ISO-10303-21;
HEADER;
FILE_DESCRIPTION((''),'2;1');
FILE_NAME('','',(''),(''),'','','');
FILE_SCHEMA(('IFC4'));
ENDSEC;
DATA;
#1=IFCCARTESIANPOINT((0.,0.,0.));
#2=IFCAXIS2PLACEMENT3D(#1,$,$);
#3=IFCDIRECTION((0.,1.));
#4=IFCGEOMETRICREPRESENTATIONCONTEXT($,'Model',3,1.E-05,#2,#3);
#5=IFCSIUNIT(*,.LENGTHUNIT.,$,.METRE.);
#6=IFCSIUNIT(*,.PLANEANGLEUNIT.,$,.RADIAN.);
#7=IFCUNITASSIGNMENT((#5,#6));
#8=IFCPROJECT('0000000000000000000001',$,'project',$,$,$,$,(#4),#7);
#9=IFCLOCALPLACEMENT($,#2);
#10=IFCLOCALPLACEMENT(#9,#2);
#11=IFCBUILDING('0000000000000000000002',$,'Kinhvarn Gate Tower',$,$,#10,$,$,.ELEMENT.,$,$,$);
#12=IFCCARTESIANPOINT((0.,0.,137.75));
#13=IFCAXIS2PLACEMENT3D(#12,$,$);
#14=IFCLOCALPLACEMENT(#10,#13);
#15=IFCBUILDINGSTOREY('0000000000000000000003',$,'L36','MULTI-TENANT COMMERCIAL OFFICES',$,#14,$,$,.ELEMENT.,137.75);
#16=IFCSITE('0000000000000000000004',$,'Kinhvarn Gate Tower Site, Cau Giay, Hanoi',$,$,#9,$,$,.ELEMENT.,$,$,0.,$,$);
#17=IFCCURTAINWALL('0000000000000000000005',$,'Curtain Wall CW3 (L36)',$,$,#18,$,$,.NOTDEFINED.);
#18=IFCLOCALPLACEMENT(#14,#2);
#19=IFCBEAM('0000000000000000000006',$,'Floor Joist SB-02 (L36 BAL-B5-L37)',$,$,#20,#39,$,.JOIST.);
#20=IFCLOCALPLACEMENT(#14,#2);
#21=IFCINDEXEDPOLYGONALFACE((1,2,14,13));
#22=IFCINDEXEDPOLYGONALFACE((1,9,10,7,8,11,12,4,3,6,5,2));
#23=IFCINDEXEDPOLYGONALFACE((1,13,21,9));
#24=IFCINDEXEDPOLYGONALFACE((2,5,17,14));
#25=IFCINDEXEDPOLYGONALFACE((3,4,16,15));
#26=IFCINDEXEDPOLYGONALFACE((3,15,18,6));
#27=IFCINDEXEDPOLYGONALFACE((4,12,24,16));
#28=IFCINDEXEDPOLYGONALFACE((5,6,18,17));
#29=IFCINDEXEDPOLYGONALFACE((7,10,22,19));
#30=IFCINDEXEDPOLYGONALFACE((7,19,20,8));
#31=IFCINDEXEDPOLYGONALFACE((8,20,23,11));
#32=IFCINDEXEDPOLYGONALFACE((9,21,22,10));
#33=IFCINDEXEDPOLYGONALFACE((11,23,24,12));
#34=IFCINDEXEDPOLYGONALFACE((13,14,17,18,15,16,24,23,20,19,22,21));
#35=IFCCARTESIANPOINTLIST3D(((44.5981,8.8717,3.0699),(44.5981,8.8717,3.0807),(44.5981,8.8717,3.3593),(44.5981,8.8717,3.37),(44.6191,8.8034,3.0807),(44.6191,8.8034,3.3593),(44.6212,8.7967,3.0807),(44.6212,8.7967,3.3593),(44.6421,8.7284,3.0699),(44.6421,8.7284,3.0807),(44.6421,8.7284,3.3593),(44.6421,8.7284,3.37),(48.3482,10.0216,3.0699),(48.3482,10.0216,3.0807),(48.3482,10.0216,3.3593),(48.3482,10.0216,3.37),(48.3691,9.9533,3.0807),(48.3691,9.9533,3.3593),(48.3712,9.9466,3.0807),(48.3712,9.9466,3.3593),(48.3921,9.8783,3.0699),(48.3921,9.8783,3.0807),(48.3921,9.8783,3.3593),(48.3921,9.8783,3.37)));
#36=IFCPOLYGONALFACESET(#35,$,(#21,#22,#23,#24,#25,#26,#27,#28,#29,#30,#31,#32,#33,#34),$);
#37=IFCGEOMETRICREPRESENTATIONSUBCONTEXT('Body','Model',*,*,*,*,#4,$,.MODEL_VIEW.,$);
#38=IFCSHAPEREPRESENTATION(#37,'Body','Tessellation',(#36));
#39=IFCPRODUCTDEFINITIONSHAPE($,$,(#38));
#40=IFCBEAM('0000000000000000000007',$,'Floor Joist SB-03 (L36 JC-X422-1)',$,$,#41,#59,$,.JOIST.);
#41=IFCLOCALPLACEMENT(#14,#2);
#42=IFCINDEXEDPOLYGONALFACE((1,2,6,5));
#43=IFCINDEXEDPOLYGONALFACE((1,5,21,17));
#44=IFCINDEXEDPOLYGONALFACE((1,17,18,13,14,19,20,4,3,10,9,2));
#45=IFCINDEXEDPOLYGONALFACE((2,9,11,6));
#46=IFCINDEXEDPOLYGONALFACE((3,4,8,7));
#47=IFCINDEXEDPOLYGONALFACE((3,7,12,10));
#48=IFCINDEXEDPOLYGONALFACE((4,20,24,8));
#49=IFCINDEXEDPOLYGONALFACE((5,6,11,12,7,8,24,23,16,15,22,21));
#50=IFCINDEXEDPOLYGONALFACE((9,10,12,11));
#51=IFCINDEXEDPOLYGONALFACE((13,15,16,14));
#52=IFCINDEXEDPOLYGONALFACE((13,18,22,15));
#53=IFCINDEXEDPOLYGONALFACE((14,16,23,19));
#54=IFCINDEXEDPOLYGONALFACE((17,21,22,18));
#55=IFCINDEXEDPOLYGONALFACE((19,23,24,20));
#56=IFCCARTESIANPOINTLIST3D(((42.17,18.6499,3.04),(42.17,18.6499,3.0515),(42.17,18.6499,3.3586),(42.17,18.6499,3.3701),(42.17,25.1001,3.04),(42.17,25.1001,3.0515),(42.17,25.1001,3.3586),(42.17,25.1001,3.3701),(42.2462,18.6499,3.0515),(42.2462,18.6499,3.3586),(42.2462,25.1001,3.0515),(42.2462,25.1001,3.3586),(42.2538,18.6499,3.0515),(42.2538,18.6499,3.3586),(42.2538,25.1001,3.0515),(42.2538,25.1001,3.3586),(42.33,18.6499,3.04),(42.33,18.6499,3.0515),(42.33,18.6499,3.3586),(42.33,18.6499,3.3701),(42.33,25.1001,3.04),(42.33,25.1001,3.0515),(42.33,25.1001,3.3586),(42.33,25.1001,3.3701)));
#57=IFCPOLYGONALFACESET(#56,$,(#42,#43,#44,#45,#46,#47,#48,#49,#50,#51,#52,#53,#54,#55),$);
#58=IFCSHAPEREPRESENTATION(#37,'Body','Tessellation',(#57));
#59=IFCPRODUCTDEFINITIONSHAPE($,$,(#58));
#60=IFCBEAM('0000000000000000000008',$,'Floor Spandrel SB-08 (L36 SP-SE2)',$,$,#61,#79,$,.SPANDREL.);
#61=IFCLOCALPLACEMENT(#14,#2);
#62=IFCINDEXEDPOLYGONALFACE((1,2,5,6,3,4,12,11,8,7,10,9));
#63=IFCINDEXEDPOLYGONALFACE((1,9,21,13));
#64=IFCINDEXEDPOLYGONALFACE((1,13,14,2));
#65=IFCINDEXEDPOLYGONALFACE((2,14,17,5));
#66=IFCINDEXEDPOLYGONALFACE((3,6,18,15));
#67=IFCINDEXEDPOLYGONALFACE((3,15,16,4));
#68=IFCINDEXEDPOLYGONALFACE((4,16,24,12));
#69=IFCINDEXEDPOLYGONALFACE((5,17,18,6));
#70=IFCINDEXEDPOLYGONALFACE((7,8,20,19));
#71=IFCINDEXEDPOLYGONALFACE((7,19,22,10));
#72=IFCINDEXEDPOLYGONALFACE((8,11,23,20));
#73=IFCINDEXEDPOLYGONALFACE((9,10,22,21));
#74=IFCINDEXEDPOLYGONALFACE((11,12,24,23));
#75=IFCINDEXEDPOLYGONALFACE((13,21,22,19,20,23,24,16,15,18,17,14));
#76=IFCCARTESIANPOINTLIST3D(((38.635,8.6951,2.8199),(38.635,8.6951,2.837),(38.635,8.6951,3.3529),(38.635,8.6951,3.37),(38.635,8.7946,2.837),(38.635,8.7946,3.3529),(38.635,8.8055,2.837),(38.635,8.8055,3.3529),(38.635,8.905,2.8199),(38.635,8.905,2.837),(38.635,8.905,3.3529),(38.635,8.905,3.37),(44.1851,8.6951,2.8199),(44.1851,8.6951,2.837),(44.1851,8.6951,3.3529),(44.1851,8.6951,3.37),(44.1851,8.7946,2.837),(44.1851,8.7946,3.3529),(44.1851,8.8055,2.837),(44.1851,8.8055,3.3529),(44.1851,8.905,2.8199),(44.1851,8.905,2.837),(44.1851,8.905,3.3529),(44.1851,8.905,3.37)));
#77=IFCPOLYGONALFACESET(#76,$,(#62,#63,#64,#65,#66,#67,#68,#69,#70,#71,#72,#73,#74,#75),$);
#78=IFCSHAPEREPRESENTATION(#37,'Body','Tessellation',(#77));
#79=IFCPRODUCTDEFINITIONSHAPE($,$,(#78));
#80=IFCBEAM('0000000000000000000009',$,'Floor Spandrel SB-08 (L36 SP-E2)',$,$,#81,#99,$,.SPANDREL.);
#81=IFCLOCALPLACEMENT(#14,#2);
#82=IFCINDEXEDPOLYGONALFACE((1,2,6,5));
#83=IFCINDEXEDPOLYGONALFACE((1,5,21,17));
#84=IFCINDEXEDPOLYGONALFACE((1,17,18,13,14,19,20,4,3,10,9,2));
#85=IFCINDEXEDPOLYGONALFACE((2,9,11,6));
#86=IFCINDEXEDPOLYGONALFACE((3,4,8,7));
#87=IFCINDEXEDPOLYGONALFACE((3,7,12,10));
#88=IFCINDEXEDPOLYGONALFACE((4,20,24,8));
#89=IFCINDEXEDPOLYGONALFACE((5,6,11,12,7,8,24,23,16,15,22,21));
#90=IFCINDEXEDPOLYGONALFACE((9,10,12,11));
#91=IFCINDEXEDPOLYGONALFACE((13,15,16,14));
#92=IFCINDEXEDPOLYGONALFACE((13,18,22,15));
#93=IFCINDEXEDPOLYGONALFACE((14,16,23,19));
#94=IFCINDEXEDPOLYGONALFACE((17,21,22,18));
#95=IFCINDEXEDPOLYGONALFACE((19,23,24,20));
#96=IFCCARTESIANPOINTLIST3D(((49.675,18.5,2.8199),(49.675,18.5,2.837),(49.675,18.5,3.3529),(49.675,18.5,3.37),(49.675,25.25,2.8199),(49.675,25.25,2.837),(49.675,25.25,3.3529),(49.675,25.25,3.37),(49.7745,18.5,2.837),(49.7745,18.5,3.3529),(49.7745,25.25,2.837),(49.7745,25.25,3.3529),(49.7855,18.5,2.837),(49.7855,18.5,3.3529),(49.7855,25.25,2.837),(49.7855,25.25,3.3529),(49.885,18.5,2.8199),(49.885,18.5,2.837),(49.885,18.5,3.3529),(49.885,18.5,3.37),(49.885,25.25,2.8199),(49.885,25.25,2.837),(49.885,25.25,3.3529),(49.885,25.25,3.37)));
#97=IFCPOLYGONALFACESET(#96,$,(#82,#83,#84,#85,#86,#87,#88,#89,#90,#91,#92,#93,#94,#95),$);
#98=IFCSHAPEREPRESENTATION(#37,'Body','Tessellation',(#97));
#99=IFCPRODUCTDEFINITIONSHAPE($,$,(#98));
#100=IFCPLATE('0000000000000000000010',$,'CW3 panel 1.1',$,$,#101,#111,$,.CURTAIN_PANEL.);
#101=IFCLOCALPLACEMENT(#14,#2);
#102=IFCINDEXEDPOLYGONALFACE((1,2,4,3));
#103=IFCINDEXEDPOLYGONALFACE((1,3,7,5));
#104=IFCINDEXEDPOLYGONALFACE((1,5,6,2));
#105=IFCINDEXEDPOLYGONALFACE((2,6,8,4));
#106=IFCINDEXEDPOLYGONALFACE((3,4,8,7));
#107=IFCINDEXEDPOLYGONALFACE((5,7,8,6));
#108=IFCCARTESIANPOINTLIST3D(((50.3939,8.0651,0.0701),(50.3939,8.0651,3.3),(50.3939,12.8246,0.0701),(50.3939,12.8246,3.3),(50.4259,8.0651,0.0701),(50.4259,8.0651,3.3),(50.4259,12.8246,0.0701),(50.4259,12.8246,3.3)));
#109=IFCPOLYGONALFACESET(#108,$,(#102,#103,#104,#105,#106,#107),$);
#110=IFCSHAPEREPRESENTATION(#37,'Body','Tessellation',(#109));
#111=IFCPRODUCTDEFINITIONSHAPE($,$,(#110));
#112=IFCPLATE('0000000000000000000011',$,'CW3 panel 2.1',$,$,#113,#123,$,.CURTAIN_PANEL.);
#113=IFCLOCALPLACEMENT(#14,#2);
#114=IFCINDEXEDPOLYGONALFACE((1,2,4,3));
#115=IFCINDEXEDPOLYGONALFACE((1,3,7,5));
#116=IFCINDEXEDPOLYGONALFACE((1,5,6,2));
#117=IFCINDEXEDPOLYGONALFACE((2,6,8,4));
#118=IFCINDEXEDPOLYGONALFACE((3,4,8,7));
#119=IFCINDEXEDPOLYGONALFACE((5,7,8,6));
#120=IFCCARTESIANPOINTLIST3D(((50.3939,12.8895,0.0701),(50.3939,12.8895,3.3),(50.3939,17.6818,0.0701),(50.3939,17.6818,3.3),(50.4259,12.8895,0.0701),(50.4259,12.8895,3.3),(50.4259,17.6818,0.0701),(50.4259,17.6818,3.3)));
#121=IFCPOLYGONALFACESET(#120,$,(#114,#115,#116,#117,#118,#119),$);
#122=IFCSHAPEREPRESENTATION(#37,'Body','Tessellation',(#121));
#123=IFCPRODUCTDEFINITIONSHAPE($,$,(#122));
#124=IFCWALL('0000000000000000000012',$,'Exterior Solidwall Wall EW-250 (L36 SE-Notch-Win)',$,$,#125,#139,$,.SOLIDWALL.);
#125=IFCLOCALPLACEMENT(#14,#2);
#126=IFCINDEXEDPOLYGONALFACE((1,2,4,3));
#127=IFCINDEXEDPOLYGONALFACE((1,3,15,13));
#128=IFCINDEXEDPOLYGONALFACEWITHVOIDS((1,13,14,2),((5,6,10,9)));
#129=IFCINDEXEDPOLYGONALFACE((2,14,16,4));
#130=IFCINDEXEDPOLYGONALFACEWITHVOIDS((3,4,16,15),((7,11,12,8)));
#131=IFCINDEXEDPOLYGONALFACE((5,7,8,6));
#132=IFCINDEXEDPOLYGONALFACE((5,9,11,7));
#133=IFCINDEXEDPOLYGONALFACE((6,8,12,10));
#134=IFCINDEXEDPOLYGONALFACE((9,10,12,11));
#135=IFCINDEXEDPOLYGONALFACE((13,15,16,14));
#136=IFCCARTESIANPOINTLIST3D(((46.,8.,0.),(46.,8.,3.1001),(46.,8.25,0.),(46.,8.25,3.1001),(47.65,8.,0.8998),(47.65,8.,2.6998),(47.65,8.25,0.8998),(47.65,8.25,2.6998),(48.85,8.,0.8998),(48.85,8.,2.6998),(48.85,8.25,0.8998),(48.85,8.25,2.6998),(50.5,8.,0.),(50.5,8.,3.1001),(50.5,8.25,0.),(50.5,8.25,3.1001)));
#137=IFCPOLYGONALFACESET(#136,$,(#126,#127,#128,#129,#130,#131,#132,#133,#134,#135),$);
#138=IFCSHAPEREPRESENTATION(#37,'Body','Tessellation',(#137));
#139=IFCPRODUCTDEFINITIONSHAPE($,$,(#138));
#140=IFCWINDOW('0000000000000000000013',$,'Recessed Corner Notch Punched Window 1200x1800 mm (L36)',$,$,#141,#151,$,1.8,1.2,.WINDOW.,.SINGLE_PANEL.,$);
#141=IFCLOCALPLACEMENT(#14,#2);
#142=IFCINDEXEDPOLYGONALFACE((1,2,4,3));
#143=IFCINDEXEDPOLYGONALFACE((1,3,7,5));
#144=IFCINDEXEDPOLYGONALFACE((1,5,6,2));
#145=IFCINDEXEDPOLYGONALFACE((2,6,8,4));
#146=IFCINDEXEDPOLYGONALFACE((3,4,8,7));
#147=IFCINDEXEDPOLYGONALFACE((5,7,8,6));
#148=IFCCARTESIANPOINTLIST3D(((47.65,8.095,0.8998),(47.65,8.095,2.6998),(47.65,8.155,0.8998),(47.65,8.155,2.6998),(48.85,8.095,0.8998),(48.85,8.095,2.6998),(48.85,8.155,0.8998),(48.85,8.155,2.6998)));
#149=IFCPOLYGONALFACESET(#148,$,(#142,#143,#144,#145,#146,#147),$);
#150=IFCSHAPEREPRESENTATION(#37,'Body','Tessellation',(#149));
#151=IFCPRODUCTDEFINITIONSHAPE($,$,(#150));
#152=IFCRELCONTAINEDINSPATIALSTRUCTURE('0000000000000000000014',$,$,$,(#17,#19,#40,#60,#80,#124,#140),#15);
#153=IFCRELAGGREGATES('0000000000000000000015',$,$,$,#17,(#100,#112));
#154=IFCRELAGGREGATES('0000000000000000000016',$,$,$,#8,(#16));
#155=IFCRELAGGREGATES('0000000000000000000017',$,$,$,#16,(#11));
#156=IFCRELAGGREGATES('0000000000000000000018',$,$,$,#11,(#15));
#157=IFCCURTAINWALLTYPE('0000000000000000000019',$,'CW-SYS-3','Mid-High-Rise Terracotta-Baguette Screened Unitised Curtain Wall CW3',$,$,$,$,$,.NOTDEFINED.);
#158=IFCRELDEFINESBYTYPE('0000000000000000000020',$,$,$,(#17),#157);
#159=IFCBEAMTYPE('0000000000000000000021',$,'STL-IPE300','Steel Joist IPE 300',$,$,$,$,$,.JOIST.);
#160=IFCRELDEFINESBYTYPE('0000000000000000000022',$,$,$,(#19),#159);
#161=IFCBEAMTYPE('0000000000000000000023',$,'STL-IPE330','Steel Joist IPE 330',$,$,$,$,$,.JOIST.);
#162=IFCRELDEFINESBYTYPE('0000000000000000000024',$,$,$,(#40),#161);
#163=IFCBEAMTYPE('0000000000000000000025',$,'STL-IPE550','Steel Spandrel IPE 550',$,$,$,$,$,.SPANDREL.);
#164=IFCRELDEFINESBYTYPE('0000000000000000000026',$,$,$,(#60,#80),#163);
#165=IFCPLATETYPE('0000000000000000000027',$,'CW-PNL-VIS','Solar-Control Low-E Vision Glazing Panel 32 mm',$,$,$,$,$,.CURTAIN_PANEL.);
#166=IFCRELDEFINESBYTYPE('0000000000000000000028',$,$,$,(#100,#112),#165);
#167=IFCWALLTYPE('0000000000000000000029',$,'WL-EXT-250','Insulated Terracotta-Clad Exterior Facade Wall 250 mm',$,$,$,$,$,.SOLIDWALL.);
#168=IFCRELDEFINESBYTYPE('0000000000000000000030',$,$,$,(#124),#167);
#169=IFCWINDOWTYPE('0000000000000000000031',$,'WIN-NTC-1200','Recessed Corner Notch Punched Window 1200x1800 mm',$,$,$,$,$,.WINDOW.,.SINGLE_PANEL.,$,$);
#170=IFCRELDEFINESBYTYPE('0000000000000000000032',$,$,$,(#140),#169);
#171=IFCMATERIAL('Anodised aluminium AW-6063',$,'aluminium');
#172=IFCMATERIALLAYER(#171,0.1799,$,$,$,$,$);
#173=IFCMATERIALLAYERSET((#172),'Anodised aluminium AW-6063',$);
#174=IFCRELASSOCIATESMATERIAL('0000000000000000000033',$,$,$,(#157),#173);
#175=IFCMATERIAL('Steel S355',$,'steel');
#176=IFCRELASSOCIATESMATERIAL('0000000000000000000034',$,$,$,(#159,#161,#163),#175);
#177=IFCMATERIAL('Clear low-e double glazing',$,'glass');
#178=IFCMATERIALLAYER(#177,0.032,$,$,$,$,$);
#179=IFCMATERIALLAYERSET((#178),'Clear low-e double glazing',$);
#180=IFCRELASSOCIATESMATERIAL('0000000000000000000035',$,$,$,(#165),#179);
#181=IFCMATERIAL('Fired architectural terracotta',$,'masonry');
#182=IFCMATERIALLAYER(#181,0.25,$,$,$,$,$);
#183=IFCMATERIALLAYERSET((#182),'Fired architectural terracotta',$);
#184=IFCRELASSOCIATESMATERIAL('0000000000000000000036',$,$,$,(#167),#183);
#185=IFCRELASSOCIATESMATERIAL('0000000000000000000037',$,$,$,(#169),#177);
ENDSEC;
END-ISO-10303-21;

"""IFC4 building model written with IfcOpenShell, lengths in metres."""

from ifc_helpers import new_model, si_unit, direction, frame, frame_2d, origin, origin_2d, place, context, subcontext, project, spatial, rectangle, i_section, extrude, material, layer, layer_set, material_profile, profile_set, type_object, element, fill, aggregate, save


model = new_model("IFC4")

# Units and contexts
model_context = context("Model", 3, precision=1e-05, world=origin(), true_north=direction((0.0, 1.0)))
body_context = subcontext(model_context, "Body", "Model", "MODEL_VIEW")
ifc_project = project(units=[si_unit("LENGTHUNIT", "METRE"), si_unit("PLANEANGLEUNIT", "RADIAN")], contexts=[model_context])

# Site, building, storey
site_placement = place(None, origin())
site = spatial("IfcSite", under=ifc_project, at=site_placement, Name="Kinhvarn Gate Tower Site, Cau Giay, Hanoi", CompositionType="ELEMENT", RefElevation=0.0)
building_placement = place(site_placement, origin())
building = spatial("IfcBuilding", under=site, at=building_placement, Name="Kinhvarn Gate Tower", CompositionType="ELEMENT")
storey_placement = place(building_placement, frame((0.0, 0.0, 137.75)))
storey = spatial("IfcBuildingStorey", under=building, at=storey_placement, Name="L36", Description="MULTI-TENANT COMMERCIAL OFFICES", CompositionType="ELEMENT", Elevation=137.75)

# Curtain wall
ifc_material_1 = material(Name="Anodised aluminium AW-6063", Category="aluminium")
ifc_layer_1 = layer(ifc_material_1, 0.1799)
ifc_layer_set_1 = layer_set([ifc_layer_1], Name="Anodised aluminium AW-6063")
curtain_wall_type = type_object("IfcCurtainWallType", Name="CW-SYS-3", Description="Mid-High-Rise Terracotta-Baguette Screened Unitised Curtain Wall CW3", PredefinedType="NOTDEFINED", material=ifc_layer_set_1)
curtain_wall_placement = place(storey_placement, origin())
curtain_wall = element("IfcCurtainWall", 1, at=curtain_wall_placement, inside=storey, type_object=curtain_wall_type, Name="Curtain Wall CW3 (L36)", PredefinedType="NOTDEFINED")

# Beams
ifc_material_2 = material(Name="Steel S355", Category="steel")
ifc_material_profile_1 = material_profile(ifc_material_2, i_section(OverallWidth=0.1499, OverallDepth=0.3, WebThickness=0.0071, FlangeThickness=0.0107, at=origin_2d()), Name="IPE 300")
ifc_profile_set_1 = profile_set([ifc_material_profile_1], Name="Steel S355")
beam_type_1 = type_object("IfcBeamType", Name="STL-IPE300", Description="Steel Joist IPE 300", PredefinedType="JOIST", material=ifc_profile_set_1)
beam_1_placement = place(storey_placement, frame((44.6201, 8.8, 3.22), z_axis=(0.956061, 0.293167, 0.0), x_axis=(-0.293167, 0.956061, 0.0)))
element("IfcBeam", 2, at=beam_1_placement, inside=storey, type_object=beam_type_1, Name="Floor Joist SB-02 (L36 BAL-B5-L37)", PredefinedType="JOIST", context=body_context, shape_type="SweptSolid", body=[
    extrude(i_section(OverallWidth=0.1499, OverallDepth=0.3, WebThickness=0.0071, FlangeThickness=0.0107, at=origin_2d()), origin(), (0.0, 0.0, 1.0), 3.9224),
])
ifc_material_profile_2 = material_profile(ifc_material_2, i_section(OverallWidth=0.1599, OverallDepth=0.3301, WebThickness=0.0076, FlangeThickness=0.0115, at=origin_2d()), Name="IPE 330")
ifc_profile_set_2 = profile_set([ifc_material_profile_2], Name="Steel S355")
beam_type_2 = type_object("IfcBeamType", Name="STL-IPE330", Description="Steel Joist IPE 330", PredefinedType="JOIST", material=ifc_profile_set_2)
beam_2_placement = place(storey_placement, frame((42.25, 18.6499, 3.2051), z_axis=(0.0, 1.0, 0.0), x_axis=(-1.0, 0.0, 0.0)))
element("IfcBeam", 3, at=beam_2_placement, inside=storey, type_object=beam_type_2, Name="Floor Joist SB-03 (L36 JC-X422-1)", PredefinedType="JOIST", context=body_context, shape_type="SweptSolid", body=[
    extrude(i_section(OverallWidth=0.1599, OverallDepth=0.3301, WebThickness=0.0076, FlangeThickness=0.0115, at=origin_2d()), origin(), (0.0, 0.0, 1.0), 6.4502),
])
ifc_material_profile_3 = material_profile(ifc_material_2, i_section(OverallWidth=0.21, OverallDepth=0.55, WebThickness=0.011, FlangeThickness=0.0171, at=origin_2d()), Name="IPE 550")
ifc_profile_set_3 = profile_set([ifc_material_profile_3], Name="Steel S355")
beam_type_3 = type_object("IfcBeamType", Name="STL-IPE550", Description="Steel Spandrel IPE 550", PredefinedType="SPANDREL", material=ifc_profile_set_3)
beam_3_placement = place(storey_placement, frame((38.635, 8.8, 3.095), z_axis=(1.0, 0.0, 0.0), x_axis=(0.0, 1.0, 0.0)))
element("IfcBeam", 4, at=beam_3_placement, inside=storey, type_object=beam_type_3, Name="Floor Spandrel SB-08 (L36 SP-SE2)", PredefinedType="SPANDREL", context=body_context, shape_type="SweptSolid", body=[
    extrude(i_section(OverallWidth=0.21, OverallDepth=0.55, WebThickness=0.011, FlangeThickness=0.0171, at=origin_2d()), origin(), (0.0, 0.0, 1.0), 5.55),
])
beam_4_placement = place(storey_placement, frame((49.78, 18.5, 3.095), z_axis=(0.0, 1.0, 0.0), x_axis=(-1.0, 0.0, 0.0)))
element("IfcBeam", 5, at=beam_4_placement, inside=storey, type_object=beam_type_3, Name="Floor Spandrel SB-08 (L36 SP-E2)", PredefinedType="SPANDREL", context=body_context, shape_type="SweptSolid", body=[
    extrude(i_section(OverallWidth=0.21, OverallDepth=0.55, WebThickness=0.011, FlangeThickness=0.0171, at=origin_2d()), origin(), (0.0, 0.0, 1.0), 6.75),
])

# Plates
ifc_material_3 = material(Name="Clear low-e double glazing", Category="glass")
ifc_layer_2 = layer(ifc_material_3, 0.032)
ifc_layer_set_2 = layer_set([ifc_layer_2], Name="Clear low-e double glazing")
plate_type = type_object("IfcPlateType", Name="CW-PNL-VIS", Description="Solar-Control Low-E Vision Glazing Panel 32 mm", PredefinedType="CURTAIN_PANEL", material=ifc_layer_set_2)
plate_1_placement = place(storey_placement, frame((50.4099, 10.4448, 0.0701), z_axis=(0.0, 0.0, 1.0), x_axis=(0.0, 1.0, 0.0)))
plate_1 = element("IfcPlate", 6, at=plate_1_placement, type_object=plate_type, Name="CW3 panel 1.1", PredefinedType="CURTAIN_PANEL", context=body_context, shape_type="SweptSolid", body=[
    extrude(rectangle(XDim=4.7595, YDim=0.032, at=origin_2d()), origin(), (0.0, 0.0, 1.0), 3.23),
])
plate_2_placement = place(storey_placement, frame((50.4099, 15.2856, 0.0701), z_axis=(0.0, 0.0, 1.0), x_axis=(0.0, 1.0, 0.0)))
plate_2 = element("IfcPlate", 7, at=plate_2_placement, type_object=plate_type, Name="CW3 panel 2.1", PredefinedType="CURTAIN_PANEL", context=body_context, shape_type="SweptSolid", body=[
    extrude(rectangle(XDim=4.7922, YDim=0.032, at=origin_2d()), origin(), (0.0, 0.0, 1.0), 3.23),
])
aggregate(curtain_wall, [plate_1, plate_2])

# Wall, opening, window
ifc_material_4 = material(Name="Fired architectural terracotta", Category="masonry")
ifc_layer_3 = layer(ifc_material_4, 0.25)
ifc_layer_set_3 = layer_set([ifc_layer_3], Name="Fired architectural terracotta")
wall_type = type_object("IfcWallType", Name="WL-EXT-250", Description="Insulated Terracotta-Clad Exterior Facade Wall 250 mm", PredefinedType="SOLIDWALL", material=ifc_layer_set_3)
wall_placement = place(storey_placement, frame((46.0, 8.125, 0.0), z_axis=(0.0, 0.0, 1.0), x_axis=(1.0, 0.0, 0.0)))
wall = element("IfcWall", 8, at=wall_placement, inside=storey, type_object=wall_type, Name="Exterior Solidwall Wall EW-250 (L36 SE-Notch-Win)", PredefinedType="SOLIDWALL", context=body_context, shape_type="SweptSolid", body=[
    extrude(rectangle(XDim=4.5, YDim=0.25, at=frame_2d((2.25, 0.0))), origin(), (0.0, 0.0, 1.0), 3.1001),
])
opening_placement = place(wall_placement, frame((1.6499, 0.0, 0.8999)))
opening = element("IfcOpeningElement", 9, at=opening_placement, cuts=wall, PredefinedType="OPENING", context=body_context, shape_type="SweptSolid", body=[
    extrude(rectangle(XDim=1.2, YDim=1.8, at=frame_2d((0.6001, 0.8999))), frame((0.0, 0.135, 0.0), z_axis=(0.0, -1.0, 0.0), x_axis=(1.0, 0.0, 0.0)), (0.0, 0.0, 1.0), 0.27),
])
window_type = type_object("IfcWindowType", Name="WIN-NTC-1200", Description="Recessed Corner Notch Punched Window 1200x1800 mm", PartitioningType="SINGLE_PANEL", PredefinedType="WINDOW", material=ifc_material_3)
window_placement = place(opening_placement, origin())
window = element("IfcWindow", 10, at=window_placement, inside=storey, type_object=window_type, Name="Recessed Corner Notch Punched Window 1200x1800 mm (L36)", OverallHeight=1.8, OverallWidth=1.2, PartitioningType="SINGLE_PANEL", PredefinedType="WINDOW", context=body_context, shape_type="SweptSolid", body=[
    extrude(rectangle(XDim=1.2, YDim=1.8, at=frame_2d((0.6001, 0.8999))), frame((0.0, 0.03, 0.0), z_axis=(0.0, -1.0, 0.0), x_axis=(1.0, 0.0, 0.0)), (0.0, 0.0, 1.0), 0.0601),
])
fill(opening, window)

save(model, "model.ifc")
